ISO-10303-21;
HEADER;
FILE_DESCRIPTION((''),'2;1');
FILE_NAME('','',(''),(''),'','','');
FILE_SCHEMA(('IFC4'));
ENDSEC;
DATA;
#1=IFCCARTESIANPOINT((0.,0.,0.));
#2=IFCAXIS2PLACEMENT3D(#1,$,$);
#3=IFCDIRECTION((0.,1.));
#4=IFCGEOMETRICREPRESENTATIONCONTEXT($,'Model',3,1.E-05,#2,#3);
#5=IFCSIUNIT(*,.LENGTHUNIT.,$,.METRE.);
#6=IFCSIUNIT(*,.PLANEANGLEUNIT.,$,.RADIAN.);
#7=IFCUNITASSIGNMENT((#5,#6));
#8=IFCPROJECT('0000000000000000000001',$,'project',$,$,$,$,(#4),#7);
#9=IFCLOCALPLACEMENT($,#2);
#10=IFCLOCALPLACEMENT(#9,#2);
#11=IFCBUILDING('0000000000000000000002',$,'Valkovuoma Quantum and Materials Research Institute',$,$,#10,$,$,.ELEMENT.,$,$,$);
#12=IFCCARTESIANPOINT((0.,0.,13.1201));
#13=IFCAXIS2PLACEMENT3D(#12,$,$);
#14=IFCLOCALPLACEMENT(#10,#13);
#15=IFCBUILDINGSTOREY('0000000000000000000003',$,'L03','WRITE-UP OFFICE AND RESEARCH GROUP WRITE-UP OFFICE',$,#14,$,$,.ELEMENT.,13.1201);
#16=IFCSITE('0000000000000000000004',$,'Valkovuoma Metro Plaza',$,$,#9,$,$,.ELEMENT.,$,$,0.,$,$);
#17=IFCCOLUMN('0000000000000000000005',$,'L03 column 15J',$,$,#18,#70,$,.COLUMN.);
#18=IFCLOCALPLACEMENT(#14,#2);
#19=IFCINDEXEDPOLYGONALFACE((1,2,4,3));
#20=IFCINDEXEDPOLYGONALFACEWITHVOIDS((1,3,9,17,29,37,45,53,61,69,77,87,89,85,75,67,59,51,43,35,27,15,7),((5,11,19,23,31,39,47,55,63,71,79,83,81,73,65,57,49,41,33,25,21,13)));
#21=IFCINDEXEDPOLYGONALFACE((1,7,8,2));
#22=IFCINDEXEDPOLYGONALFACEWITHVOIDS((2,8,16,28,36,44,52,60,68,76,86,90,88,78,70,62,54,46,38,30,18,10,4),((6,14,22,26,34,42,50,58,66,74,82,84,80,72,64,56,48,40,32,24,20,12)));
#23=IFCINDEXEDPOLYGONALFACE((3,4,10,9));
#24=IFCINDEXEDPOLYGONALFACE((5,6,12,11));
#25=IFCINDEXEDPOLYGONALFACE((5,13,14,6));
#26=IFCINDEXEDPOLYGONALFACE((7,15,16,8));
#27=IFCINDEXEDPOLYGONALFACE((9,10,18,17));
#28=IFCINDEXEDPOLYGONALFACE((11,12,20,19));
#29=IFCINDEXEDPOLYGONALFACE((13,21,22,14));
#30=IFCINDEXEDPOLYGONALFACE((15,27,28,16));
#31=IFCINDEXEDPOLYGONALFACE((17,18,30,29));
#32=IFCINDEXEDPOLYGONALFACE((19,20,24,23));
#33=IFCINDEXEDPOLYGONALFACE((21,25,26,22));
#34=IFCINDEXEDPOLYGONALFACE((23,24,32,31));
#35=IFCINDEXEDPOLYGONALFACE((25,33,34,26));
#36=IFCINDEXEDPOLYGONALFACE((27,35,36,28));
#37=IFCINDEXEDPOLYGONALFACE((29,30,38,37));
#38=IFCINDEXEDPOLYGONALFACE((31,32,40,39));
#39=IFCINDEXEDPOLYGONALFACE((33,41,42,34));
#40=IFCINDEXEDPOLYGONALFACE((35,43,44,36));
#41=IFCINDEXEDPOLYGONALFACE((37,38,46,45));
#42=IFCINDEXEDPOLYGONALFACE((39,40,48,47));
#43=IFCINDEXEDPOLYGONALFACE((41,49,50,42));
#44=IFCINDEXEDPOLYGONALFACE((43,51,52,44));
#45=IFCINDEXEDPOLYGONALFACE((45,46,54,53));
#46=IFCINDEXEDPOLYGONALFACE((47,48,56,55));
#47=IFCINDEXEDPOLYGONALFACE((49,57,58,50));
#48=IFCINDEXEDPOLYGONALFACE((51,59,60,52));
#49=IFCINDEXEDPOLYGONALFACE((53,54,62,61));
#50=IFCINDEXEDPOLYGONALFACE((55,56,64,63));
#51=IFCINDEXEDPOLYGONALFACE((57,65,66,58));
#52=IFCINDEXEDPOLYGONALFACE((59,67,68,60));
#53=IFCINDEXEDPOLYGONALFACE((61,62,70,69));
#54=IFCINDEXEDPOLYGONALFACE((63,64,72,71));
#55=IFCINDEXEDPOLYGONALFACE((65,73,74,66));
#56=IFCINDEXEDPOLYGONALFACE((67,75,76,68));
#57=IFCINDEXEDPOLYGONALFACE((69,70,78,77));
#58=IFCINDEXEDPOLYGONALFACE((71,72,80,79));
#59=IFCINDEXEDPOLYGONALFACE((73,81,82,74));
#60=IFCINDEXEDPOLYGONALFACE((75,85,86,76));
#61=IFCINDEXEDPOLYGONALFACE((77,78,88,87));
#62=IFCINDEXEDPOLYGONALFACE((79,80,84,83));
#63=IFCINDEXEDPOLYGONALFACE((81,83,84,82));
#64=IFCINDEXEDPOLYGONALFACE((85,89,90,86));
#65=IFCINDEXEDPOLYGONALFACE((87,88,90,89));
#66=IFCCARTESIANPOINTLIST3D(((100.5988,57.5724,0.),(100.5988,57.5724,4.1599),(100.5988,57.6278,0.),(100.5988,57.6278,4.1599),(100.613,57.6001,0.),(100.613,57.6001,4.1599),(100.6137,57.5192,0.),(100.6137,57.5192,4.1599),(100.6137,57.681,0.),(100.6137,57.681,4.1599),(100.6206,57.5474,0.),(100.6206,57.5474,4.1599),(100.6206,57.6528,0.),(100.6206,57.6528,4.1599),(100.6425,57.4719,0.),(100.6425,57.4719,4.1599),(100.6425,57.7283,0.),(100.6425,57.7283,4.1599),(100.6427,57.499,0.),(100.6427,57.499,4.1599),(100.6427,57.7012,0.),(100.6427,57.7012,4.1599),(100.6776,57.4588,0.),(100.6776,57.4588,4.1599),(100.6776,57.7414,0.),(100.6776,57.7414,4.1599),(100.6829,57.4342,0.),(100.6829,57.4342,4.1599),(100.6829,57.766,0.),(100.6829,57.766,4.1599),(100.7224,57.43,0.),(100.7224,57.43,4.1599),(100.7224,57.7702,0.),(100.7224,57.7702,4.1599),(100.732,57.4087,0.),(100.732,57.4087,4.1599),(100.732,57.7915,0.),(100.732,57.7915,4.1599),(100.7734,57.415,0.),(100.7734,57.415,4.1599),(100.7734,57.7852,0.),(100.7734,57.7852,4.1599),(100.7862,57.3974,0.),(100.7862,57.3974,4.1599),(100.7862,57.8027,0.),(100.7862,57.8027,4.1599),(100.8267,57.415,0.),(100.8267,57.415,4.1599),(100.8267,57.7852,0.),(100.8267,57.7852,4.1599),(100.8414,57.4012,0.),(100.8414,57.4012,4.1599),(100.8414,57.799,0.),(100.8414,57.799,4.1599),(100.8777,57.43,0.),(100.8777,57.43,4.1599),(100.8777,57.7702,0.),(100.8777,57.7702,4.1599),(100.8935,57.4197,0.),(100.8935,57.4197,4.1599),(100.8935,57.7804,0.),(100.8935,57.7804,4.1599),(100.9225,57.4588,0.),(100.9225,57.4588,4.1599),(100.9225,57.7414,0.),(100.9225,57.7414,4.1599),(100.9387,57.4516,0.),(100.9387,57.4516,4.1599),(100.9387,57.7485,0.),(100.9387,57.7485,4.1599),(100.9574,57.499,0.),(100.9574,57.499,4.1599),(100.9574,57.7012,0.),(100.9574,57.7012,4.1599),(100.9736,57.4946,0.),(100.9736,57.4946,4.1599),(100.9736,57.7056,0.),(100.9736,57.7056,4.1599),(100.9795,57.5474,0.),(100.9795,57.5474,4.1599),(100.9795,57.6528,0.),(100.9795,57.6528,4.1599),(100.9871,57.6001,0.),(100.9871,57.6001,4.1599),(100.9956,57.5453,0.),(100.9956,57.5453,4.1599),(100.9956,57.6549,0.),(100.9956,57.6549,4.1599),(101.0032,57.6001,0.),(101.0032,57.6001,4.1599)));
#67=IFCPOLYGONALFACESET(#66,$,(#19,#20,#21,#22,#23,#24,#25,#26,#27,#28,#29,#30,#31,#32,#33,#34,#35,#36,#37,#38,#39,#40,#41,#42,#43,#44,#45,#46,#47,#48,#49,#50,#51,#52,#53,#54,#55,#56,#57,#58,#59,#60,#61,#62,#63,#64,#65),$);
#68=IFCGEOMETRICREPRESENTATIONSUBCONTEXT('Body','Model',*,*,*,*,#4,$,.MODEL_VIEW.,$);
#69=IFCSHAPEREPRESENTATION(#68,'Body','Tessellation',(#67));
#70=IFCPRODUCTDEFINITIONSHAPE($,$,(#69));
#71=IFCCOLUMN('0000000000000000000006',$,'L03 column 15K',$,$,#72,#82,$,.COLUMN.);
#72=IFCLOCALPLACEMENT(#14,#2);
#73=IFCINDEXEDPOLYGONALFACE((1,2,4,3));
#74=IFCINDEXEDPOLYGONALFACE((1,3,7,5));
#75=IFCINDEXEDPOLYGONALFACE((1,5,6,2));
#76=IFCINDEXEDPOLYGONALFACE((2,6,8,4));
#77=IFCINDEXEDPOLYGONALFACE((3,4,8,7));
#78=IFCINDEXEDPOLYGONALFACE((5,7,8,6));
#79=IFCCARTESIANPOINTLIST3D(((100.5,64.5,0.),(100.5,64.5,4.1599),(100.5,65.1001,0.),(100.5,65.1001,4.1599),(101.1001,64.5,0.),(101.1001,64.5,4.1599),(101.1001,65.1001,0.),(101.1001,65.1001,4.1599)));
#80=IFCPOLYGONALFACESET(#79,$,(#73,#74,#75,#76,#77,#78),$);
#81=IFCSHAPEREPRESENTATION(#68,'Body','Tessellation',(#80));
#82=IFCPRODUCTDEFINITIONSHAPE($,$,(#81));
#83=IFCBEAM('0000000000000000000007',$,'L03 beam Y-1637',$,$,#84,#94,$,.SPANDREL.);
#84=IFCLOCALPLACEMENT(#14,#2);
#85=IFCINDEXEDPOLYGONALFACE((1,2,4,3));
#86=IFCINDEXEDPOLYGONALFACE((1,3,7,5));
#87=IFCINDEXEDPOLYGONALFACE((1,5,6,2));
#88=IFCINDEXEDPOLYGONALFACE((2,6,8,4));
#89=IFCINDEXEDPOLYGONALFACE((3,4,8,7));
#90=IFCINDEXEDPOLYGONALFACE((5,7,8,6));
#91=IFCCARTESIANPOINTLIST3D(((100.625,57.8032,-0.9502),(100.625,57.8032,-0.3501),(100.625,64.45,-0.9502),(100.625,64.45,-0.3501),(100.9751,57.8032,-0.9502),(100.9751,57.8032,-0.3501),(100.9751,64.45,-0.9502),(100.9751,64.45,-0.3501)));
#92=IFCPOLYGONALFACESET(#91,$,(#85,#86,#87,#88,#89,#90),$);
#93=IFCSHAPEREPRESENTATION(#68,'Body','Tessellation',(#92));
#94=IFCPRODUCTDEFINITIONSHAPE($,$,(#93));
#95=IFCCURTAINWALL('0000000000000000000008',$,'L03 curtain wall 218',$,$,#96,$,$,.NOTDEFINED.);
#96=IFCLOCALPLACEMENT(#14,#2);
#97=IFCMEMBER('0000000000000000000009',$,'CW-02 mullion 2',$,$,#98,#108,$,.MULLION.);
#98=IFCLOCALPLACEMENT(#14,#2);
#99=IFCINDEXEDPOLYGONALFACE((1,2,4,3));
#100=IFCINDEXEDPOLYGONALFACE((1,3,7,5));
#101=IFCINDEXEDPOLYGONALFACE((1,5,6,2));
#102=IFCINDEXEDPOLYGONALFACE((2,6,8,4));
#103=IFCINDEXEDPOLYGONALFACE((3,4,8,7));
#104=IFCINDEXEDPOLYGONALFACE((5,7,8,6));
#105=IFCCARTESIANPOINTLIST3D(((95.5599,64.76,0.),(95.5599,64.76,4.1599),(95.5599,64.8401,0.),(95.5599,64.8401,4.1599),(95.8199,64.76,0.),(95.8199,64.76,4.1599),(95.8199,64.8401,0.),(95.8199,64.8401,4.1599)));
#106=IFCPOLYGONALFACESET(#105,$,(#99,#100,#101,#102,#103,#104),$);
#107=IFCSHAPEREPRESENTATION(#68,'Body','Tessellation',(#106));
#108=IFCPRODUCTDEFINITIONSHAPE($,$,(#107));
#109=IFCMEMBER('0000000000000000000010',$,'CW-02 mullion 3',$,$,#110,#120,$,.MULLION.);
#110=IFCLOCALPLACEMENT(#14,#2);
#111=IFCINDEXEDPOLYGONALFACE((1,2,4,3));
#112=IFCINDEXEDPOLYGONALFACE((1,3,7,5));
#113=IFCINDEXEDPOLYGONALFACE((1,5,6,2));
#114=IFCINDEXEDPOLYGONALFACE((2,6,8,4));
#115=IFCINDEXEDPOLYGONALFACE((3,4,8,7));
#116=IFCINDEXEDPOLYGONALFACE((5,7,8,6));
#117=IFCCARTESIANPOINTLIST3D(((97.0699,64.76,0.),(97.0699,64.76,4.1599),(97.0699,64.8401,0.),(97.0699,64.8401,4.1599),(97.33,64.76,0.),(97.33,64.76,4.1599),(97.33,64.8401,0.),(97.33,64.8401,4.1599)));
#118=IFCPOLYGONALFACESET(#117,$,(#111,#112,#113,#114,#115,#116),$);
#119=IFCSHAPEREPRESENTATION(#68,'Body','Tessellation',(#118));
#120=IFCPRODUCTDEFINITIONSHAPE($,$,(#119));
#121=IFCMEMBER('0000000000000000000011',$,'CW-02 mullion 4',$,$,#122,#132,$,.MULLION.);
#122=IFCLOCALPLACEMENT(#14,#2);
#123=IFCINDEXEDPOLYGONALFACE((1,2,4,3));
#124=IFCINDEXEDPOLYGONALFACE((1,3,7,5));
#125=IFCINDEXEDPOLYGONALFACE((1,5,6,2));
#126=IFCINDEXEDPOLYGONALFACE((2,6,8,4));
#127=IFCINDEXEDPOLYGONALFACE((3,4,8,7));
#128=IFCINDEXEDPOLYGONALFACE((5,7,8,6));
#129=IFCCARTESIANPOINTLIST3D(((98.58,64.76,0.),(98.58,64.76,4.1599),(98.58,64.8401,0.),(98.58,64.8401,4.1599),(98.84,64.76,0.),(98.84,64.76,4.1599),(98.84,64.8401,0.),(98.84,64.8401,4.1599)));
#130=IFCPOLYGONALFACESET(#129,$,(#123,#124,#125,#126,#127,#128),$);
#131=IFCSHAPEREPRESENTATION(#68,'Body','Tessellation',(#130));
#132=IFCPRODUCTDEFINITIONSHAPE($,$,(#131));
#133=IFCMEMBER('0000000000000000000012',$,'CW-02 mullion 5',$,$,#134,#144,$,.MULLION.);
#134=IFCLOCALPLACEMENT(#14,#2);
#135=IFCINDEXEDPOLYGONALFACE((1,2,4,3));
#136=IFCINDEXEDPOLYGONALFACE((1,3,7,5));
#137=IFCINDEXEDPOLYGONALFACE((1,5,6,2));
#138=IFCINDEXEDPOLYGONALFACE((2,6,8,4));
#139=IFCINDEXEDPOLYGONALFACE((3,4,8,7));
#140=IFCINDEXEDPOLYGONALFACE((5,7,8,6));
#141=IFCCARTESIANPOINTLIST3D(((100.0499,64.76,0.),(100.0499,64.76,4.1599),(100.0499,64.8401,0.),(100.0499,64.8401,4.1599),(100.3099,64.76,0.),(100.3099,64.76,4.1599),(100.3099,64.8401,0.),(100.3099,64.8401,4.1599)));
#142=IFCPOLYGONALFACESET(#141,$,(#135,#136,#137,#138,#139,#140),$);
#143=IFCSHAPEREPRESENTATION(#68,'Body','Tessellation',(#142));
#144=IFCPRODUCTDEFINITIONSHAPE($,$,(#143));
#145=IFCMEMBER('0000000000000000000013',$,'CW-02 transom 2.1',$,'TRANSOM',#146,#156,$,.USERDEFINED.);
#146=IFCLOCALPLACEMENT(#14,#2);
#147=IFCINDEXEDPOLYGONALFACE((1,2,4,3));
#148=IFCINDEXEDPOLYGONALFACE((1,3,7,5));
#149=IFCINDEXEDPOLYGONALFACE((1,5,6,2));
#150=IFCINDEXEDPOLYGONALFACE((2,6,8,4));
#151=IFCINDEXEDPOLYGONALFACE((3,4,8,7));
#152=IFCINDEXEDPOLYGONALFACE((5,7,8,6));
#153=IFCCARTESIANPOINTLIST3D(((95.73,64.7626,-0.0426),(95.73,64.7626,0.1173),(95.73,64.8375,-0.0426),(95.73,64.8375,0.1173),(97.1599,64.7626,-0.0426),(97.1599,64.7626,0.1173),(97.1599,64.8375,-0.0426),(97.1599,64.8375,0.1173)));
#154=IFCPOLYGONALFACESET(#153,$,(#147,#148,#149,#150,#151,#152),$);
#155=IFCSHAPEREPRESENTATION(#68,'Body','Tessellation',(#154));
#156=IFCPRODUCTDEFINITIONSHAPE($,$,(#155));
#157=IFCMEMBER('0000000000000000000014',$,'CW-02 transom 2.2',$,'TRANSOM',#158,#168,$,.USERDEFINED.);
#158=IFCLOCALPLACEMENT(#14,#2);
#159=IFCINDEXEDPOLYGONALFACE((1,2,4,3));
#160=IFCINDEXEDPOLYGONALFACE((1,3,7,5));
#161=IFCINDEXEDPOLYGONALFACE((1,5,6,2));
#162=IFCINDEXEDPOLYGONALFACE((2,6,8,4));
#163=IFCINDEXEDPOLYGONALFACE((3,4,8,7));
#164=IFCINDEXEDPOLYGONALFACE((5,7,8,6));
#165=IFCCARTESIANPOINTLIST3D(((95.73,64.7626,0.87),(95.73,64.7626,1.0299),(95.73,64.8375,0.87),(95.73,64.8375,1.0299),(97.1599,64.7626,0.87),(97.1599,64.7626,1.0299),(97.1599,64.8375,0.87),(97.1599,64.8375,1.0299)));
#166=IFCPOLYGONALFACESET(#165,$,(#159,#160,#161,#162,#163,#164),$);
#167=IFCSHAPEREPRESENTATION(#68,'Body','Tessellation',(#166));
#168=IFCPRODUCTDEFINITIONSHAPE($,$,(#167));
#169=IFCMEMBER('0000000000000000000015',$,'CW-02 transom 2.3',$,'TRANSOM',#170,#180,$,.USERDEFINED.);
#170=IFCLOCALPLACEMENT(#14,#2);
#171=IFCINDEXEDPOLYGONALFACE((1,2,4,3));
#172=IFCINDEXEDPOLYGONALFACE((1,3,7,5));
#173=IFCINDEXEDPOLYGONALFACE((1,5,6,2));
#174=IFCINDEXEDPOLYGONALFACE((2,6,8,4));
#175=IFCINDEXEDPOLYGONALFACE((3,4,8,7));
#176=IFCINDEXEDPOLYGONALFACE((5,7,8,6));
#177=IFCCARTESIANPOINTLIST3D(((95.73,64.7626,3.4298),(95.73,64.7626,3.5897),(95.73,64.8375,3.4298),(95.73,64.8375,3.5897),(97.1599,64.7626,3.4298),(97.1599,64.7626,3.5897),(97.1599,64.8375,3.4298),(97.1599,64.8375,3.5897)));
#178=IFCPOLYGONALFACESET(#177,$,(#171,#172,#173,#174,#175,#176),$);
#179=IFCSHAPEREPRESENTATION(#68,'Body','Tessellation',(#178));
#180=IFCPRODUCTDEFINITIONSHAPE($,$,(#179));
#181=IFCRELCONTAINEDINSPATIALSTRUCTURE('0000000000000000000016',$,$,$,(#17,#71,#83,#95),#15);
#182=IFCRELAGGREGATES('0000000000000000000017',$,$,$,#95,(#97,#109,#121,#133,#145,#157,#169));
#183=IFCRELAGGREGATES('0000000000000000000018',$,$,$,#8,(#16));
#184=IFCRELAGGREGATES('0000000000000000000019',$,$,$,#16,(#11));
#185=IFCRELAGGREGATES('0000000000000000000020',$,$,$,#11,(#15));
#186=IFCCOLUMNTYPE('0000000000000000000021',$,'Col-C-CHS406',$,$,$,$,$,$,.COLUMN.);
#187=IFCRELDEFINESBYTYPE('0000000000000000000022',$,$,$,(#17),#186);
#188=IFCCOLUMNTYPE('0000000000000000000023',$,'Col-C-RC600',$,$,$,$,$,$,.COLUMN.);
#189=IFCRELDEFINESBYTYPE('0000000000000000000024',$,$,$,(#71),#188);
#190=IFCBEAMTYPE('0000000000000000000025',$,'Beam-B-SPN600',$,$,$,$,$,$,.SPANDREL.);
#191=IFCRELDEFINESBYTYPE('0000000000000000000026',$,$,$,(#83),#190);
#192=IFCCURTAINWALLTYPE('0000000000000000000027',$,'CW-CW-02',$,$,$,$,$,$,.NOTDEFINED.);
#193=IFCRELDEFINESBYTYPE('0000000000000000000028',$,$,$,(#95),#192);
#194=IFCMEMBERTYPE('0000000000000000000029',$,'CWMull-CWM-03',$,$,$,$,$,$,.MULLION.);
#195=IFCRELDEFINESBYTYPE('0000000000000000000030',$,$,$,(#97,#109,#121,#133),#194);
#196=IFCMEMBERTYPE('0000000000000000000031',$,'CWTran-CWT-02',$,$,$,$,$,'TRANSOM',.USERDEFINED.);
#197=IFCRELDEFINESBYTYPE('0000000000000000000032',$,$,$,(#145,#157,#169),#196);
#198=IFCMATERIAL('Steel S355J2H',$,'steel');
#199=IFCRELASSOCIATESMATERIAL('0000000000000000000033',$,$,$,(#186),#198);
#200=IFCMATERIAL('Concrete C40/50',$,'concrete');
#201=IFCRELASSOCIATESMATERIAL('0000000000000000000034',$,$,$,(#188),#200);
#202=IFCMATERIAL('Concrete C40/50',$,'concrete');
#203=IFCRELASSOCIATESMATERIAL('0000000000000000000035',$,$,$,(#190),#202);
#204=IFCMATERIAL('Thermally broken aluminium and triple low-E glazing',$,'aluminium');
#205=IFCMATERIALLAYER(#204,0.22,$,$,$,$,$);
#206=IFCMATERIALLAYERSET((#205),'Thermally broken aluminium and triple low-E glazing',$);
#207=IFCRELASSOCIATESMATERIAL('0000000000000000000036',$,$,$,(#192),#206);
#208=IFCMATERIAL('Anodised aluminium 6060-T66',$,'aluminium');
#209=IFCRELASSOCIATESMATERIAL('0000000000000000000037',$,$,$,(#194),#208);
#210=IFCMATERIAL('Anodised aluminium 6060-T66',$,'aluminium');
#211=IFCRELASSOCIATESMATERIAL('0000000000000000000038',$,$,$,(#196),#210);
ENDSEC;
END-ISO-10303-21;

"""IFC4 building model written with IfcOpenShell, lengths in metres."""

from ifc_helpers import new_model, si_unit, direction, frame, origin, origin_2d, place, context, subcontext, project, spatial, rectangle, hollow_circle, extrude, material, layer, layer_set, material_profile, profile_set, type_object, element, aggregate, save


model = new_model("IFC4")

# Units and contexts
model_context = context("Model", 3, precision=1e-05, world=origin(), true_north=direction((0.0, 1.0)))
body_context = subcontext(model_context, "Body", "Model", "MODEL_VIEW")
ifc_project = project(units=[si_unit("LENGTHUNIT", "METRE"), si_unit("PLANEANGLEUNIT", "RADIAN")], contexts=[model_context])

# Site, building, storey
site_placement = place(None, origin())
site = spatial("IfcSite", under=ifc_project, at=site_placement, Name="Valkovuoma Metro Plaza", CompositionType="ELEMENT", RefElevation=0.0)
building_placement = place(site_placement, origin())
building = spatial("IfcBuilding", under=site, at=building_placement, Name="Valkovuoma Quantum and Materials Research Institute", CompositionType="ELEMENT")
storey_placement = place(building_placement, frame((0.0, 0.0, 13.1201)))
storey = spatial("IfcBuildingStorey", under=building, at=storey_placement, Name="L03", Description="WRITE-UP OFFICE AND RESEARCH GROUP WRITE-UP OFFICE", CompositionType="ELEMENT", Elevation=13.1201)

# Columns
ifc_material_1 = material(Name="Steel S355J2H", Category="steel")
ifc_material_profile_1 = material_profile(ifc_material_1, hollow_circle(Radius=0.2031, WallThickness=0.0161, at=origin_2d()), Name="Steel S355J2H")
ifc_profile_set_1 = profile_set([ifc_material_profile_1], Name="Steel S355J2H")
column_type_1 = type_object("IfcColumnType", Name="Col-C-CHS406", PredefinedType="COLUMN", material=ifc_profile_set_1)
column_1_placement = place(storey_placement, frame((100.8, 57.6001, 0.0), z_axis=(0.0, 0.0, 1.0), x_axis=(1.0, 0.0, 0.0)))
element("IfcColumn", 1, at=column_1_placement, inside=storey, type_object=column_type_1, Name="L03 column 15J", PredefinedType="COLUMN", context=body_context, shape_type="SweptSolid", body=[
    extrude(hollow_circle(Radius=0.2031, WallThickness=0.0161, at=origin_2d()), origin(), (0.0, 0.0, 1.0), 4.1599),
])
ifc_material_2 = material(Name="Concrete C40/50", Category="concrete")
ifc_material_profile_2 = material_profile(ifc_material_2, rectangle(XDim=0.6001, YDim=0.6001, at=origin_2d()), Name="Concrete C40/50")
ifc_profile_set_2 = profile_set([ifc_material_profile_2], Name="Concrete C40/50")
column_type_2 = type_object("IfcColumnType", Name="Col-C-RC600", PredefinedType="COLUMN", material=ifc_profile_set_2)
column_2_placement = place(storey_placement, frame((100.8, 64.8, 0.0), z_axis=(0.0, 0.0, 1.0), x_axis=(1.0, 0.0, 0.0)))
element("IfcColumn", 2, at=column_2_placement, inside=storey, type_object=column_type_2, Name="L03 column 15K", PredefinedType="COLUMN", context=body_context, shape_type="SweptSolid", body=[
    extrude(rectangle(XDim=0.6001, YDim=0.6001, at=origin_2d()), origin(), (0.0, 0.0, 1.0), 4.1599),
])

# Beam
ifc_material_3 = material(Name="Concrete C40/50", Category="concrete")
ifc_material_profile_3 = material_profile(ifc_material_3, rectangle(XDim=0.3501, YDim=0.6001, at=origin_2d()), Name="Concrete C40/50")
ifc_profile_set_3 = profile_set([ifc_material_profile_3], Name="Concrete C40/50")
beam_type = type_object("IfcBeamType", Name="Beam-B-SPN600", PredefinedType="SPANDREL", material=ifc_profile_set_3)
beam_placement = place(storey_placement, frame((100.8, 57.8032, -0.6501), z_axis=(0.0, 1.0, 0.0), x_axis=(-1.0, 0.0, 0.0)))
element("IfcBeam", 3, at=beam_placement, inside=storey, type_object=beam_type, Name="L03 beam Y-1637", PredefinedType="SPANDREL", context=body_context, shape_type="SweptSolid", body=[
    extrude(rectangle(XDim=0.3501, YDim=0.6001, at=origin_2d()), origin(), (0.0, 0.0, 1.0), 6.6467),
])

# Curtain wall, members
ifc_material_4 = material(Name="Thermally broken aluminium and triple low-E glazing", Category="aluminium")
ifc_layer_1 = layer(ifc_material_4, 0.22)
ifc_layer_set_1 = layer_set([ifc_layer_1], Name="Thermally broken aluminium and triple low-E glazing")
curtain_wall_type = type_object("IfcCurtainWallType", Name="CW-CW-02", PredefinedType="NOTDEFINED", material=ifc_layer_set_1)
curtain_wall_placement = place(storey_placement, origin())
curtain_wall = element("IfcCurtainWall", 4, at=curtain_wall_placement, inside=storey, type_object=curtain_wall_type, Name="L03 curtain wall 218", PredefinedType="NOTDEFINED")
ifc_material_5 = material(Name="Anodised aluminium 6060-T66", Category="aluminium")
ifc_material_profile_4 = material_profile(ifc_material_5, rectangle(XDim=0.0801, YDim=0.26, at=origin_2d()), Name="Anodised aluminium 6060-T66")
ifc_profile_set_4 = profile_set([ifc_material_profile_4], Name="Anodised aluminium 6060-T66")
member_type_1 = type_object("IfcMemberType", Name="CWMull-CWM-03", PredefinedType="MULLION", material=ifc_profile_set_4)
member_1_placement = place(storey_placement, frame((95.6899, 64.8, 0.0), z_axis=(0.0, 0.0, 1.0), x_axis=(0.0, 1.0, 0.0)))
member_1 = element("IfcMember", 5, at=member_1_placement, type_object=member_type_1, Name="CW-02 mullion 2", PredefinedType="MULLION", context=body_context, shape_type="SweptSolid", body=[
    extrude(rectangle(XDim=0.0801, YDim=0.26, at=origin_2d()), origin(), (0.0, 0.0, 1.0), 4.1599),
])
member_2_placement = place(storey_placement, frame((97.2, 64.8, 0.0), z_axis=(0.0, 0.0, 1.0), x_axis=(0.0, 1.0, 0.0)))
member_2 = element("IfcMember", 6, at=member_2_placement, type_object=member_type_1, Name="CW-02 mullion 3", PredefinedType="MULLION", context=body_context, shape_type="SweptSolid", body=[
    extrude(rectangle(XDim=0.0801, YDim=0.26, at=origin_2d()), origin(), (0.0, 0.0, 1.0), 4.1599),
])
member_3_placement = place(storey_placement, frame((98.71, 64.8, 0.0), z_axis=(0.0, 0.0, 1.0), x_axis=(0.0, 1.0, 0.0)))
member_3 = element("IfcMember", 7, at=member_3_placement, type_object=member_type_1, Name="CW-02 mullion 4", PredefinedType="MULLION", context=body_context, shape_type="SweptSolid", body=[
    extrude(rectangle(XDim=0.0801, YDim=0.26, at=origin_2d()), origin(), (0.0, 0.0, 1.0), 4.1599),
])
member_4_placement = place(storey_placement, frame((100.1799, 64.8, 0.0), z_axis=(0.0, 0.0, 1.0), x_axis=(0.0, 1.0, 0.0)))
member_4 = element("IfcMember", 8, at=member_4_placement, type_object=member_type_1, Name="CW-02 mullion 5", PredefinedType="MULLION", context=body_context, shape_type="SweptSolid", body=[
    extrude(rectangle(XDim=0.0801, YDim=0.26, at=origin_2d()), origin(), (0.0, 0.0, 1.0), 4.1599),
])
ifc_material_6 = material(Name="Anodised aluminium 6060-T66", Category="aluminium")
ifc_material_profile_5 = material_profile(ifc_material_6, rectangle(XDim=0.075, YDim=0.1599, at=origin_2d()), Name="Anodised aluminium 6060-T66")
ifc_profile_set_5 = profile_set([ifc_material_profile_5], Name="Anodised aluminium 6060-T66")
member_type_2 = type_object("IfcMemberType", Name="CWTran-CWT-02", ElementType="TRANSOM", PredefinedType="USERDEFINED", material=ifc_profile_set_5)
member_5_placement = place(storey_placement, frame((95.73, 64.8, 0.0374), z_axis=(1.0, 0.0, 0.0), x_axis=(0.0, 1.0, 0.0)))
member_5 = element("IfcMember", 9, at=member_5_placement, type_object=member_type_2, Name="CW-02 transom 2.1", ObjectType="TRANSOM", PredefinedType="USERDEFINED", context=body_context, shape_type="SweptSolid", body=[
    extrude(rectangle(XDim=0.075, YDim=0.1599, at=origin_2d()), origin(), (0.0, 0.0, 1.0), 1.4299),
])
member_6_placement = place(storey_placement, frame((95.73, 64.8, 0.95), z_axis=(1.0, 0.0, 0.0), x_axis=(0.0, 1.0, 0.0)))
member_6 = element("IfcMember", 10, at=member_6_placement, type_object=member_type_2, Name="CW-02 transom 2.2", ObjectType="TRANSOM", PredefinedType="USERDEFINED", context=body_context, shape_type="SweptSolid", body=[
    extrude(rectangle(XDim=0.075, YDim=0.1599, at=origin_2d()), origin(), (0.0, 0.0, 1.0), 1.4299),
])
member_7_placement = place(storey_placement, frame((95.73, 64.8, 3.5098), z_axis=(1.0, 0.0, 0.0), x_axis=(0.0, 1.0, 0.0)))
member_7 = element("IfcMember", 11, at=member_7_placement, type_object=member_type_2, Name="CW-02 transom 2.3", ObjectType="TRANSOM", PredefinedType="USERDEFINED", context=body_context, shape_type="SweptSolid", body=[
    extrude(rectangle(XDim=0.075, YDim=0.1599, at=origin_2d()), origin(), (0.0, 0.0, 1.0), 1.4299),
])
aggregate(curtain_wall, [member_1, member_2, member_3, member_4, member_5, member_6, member_7])

save(model, "model.ifc")
